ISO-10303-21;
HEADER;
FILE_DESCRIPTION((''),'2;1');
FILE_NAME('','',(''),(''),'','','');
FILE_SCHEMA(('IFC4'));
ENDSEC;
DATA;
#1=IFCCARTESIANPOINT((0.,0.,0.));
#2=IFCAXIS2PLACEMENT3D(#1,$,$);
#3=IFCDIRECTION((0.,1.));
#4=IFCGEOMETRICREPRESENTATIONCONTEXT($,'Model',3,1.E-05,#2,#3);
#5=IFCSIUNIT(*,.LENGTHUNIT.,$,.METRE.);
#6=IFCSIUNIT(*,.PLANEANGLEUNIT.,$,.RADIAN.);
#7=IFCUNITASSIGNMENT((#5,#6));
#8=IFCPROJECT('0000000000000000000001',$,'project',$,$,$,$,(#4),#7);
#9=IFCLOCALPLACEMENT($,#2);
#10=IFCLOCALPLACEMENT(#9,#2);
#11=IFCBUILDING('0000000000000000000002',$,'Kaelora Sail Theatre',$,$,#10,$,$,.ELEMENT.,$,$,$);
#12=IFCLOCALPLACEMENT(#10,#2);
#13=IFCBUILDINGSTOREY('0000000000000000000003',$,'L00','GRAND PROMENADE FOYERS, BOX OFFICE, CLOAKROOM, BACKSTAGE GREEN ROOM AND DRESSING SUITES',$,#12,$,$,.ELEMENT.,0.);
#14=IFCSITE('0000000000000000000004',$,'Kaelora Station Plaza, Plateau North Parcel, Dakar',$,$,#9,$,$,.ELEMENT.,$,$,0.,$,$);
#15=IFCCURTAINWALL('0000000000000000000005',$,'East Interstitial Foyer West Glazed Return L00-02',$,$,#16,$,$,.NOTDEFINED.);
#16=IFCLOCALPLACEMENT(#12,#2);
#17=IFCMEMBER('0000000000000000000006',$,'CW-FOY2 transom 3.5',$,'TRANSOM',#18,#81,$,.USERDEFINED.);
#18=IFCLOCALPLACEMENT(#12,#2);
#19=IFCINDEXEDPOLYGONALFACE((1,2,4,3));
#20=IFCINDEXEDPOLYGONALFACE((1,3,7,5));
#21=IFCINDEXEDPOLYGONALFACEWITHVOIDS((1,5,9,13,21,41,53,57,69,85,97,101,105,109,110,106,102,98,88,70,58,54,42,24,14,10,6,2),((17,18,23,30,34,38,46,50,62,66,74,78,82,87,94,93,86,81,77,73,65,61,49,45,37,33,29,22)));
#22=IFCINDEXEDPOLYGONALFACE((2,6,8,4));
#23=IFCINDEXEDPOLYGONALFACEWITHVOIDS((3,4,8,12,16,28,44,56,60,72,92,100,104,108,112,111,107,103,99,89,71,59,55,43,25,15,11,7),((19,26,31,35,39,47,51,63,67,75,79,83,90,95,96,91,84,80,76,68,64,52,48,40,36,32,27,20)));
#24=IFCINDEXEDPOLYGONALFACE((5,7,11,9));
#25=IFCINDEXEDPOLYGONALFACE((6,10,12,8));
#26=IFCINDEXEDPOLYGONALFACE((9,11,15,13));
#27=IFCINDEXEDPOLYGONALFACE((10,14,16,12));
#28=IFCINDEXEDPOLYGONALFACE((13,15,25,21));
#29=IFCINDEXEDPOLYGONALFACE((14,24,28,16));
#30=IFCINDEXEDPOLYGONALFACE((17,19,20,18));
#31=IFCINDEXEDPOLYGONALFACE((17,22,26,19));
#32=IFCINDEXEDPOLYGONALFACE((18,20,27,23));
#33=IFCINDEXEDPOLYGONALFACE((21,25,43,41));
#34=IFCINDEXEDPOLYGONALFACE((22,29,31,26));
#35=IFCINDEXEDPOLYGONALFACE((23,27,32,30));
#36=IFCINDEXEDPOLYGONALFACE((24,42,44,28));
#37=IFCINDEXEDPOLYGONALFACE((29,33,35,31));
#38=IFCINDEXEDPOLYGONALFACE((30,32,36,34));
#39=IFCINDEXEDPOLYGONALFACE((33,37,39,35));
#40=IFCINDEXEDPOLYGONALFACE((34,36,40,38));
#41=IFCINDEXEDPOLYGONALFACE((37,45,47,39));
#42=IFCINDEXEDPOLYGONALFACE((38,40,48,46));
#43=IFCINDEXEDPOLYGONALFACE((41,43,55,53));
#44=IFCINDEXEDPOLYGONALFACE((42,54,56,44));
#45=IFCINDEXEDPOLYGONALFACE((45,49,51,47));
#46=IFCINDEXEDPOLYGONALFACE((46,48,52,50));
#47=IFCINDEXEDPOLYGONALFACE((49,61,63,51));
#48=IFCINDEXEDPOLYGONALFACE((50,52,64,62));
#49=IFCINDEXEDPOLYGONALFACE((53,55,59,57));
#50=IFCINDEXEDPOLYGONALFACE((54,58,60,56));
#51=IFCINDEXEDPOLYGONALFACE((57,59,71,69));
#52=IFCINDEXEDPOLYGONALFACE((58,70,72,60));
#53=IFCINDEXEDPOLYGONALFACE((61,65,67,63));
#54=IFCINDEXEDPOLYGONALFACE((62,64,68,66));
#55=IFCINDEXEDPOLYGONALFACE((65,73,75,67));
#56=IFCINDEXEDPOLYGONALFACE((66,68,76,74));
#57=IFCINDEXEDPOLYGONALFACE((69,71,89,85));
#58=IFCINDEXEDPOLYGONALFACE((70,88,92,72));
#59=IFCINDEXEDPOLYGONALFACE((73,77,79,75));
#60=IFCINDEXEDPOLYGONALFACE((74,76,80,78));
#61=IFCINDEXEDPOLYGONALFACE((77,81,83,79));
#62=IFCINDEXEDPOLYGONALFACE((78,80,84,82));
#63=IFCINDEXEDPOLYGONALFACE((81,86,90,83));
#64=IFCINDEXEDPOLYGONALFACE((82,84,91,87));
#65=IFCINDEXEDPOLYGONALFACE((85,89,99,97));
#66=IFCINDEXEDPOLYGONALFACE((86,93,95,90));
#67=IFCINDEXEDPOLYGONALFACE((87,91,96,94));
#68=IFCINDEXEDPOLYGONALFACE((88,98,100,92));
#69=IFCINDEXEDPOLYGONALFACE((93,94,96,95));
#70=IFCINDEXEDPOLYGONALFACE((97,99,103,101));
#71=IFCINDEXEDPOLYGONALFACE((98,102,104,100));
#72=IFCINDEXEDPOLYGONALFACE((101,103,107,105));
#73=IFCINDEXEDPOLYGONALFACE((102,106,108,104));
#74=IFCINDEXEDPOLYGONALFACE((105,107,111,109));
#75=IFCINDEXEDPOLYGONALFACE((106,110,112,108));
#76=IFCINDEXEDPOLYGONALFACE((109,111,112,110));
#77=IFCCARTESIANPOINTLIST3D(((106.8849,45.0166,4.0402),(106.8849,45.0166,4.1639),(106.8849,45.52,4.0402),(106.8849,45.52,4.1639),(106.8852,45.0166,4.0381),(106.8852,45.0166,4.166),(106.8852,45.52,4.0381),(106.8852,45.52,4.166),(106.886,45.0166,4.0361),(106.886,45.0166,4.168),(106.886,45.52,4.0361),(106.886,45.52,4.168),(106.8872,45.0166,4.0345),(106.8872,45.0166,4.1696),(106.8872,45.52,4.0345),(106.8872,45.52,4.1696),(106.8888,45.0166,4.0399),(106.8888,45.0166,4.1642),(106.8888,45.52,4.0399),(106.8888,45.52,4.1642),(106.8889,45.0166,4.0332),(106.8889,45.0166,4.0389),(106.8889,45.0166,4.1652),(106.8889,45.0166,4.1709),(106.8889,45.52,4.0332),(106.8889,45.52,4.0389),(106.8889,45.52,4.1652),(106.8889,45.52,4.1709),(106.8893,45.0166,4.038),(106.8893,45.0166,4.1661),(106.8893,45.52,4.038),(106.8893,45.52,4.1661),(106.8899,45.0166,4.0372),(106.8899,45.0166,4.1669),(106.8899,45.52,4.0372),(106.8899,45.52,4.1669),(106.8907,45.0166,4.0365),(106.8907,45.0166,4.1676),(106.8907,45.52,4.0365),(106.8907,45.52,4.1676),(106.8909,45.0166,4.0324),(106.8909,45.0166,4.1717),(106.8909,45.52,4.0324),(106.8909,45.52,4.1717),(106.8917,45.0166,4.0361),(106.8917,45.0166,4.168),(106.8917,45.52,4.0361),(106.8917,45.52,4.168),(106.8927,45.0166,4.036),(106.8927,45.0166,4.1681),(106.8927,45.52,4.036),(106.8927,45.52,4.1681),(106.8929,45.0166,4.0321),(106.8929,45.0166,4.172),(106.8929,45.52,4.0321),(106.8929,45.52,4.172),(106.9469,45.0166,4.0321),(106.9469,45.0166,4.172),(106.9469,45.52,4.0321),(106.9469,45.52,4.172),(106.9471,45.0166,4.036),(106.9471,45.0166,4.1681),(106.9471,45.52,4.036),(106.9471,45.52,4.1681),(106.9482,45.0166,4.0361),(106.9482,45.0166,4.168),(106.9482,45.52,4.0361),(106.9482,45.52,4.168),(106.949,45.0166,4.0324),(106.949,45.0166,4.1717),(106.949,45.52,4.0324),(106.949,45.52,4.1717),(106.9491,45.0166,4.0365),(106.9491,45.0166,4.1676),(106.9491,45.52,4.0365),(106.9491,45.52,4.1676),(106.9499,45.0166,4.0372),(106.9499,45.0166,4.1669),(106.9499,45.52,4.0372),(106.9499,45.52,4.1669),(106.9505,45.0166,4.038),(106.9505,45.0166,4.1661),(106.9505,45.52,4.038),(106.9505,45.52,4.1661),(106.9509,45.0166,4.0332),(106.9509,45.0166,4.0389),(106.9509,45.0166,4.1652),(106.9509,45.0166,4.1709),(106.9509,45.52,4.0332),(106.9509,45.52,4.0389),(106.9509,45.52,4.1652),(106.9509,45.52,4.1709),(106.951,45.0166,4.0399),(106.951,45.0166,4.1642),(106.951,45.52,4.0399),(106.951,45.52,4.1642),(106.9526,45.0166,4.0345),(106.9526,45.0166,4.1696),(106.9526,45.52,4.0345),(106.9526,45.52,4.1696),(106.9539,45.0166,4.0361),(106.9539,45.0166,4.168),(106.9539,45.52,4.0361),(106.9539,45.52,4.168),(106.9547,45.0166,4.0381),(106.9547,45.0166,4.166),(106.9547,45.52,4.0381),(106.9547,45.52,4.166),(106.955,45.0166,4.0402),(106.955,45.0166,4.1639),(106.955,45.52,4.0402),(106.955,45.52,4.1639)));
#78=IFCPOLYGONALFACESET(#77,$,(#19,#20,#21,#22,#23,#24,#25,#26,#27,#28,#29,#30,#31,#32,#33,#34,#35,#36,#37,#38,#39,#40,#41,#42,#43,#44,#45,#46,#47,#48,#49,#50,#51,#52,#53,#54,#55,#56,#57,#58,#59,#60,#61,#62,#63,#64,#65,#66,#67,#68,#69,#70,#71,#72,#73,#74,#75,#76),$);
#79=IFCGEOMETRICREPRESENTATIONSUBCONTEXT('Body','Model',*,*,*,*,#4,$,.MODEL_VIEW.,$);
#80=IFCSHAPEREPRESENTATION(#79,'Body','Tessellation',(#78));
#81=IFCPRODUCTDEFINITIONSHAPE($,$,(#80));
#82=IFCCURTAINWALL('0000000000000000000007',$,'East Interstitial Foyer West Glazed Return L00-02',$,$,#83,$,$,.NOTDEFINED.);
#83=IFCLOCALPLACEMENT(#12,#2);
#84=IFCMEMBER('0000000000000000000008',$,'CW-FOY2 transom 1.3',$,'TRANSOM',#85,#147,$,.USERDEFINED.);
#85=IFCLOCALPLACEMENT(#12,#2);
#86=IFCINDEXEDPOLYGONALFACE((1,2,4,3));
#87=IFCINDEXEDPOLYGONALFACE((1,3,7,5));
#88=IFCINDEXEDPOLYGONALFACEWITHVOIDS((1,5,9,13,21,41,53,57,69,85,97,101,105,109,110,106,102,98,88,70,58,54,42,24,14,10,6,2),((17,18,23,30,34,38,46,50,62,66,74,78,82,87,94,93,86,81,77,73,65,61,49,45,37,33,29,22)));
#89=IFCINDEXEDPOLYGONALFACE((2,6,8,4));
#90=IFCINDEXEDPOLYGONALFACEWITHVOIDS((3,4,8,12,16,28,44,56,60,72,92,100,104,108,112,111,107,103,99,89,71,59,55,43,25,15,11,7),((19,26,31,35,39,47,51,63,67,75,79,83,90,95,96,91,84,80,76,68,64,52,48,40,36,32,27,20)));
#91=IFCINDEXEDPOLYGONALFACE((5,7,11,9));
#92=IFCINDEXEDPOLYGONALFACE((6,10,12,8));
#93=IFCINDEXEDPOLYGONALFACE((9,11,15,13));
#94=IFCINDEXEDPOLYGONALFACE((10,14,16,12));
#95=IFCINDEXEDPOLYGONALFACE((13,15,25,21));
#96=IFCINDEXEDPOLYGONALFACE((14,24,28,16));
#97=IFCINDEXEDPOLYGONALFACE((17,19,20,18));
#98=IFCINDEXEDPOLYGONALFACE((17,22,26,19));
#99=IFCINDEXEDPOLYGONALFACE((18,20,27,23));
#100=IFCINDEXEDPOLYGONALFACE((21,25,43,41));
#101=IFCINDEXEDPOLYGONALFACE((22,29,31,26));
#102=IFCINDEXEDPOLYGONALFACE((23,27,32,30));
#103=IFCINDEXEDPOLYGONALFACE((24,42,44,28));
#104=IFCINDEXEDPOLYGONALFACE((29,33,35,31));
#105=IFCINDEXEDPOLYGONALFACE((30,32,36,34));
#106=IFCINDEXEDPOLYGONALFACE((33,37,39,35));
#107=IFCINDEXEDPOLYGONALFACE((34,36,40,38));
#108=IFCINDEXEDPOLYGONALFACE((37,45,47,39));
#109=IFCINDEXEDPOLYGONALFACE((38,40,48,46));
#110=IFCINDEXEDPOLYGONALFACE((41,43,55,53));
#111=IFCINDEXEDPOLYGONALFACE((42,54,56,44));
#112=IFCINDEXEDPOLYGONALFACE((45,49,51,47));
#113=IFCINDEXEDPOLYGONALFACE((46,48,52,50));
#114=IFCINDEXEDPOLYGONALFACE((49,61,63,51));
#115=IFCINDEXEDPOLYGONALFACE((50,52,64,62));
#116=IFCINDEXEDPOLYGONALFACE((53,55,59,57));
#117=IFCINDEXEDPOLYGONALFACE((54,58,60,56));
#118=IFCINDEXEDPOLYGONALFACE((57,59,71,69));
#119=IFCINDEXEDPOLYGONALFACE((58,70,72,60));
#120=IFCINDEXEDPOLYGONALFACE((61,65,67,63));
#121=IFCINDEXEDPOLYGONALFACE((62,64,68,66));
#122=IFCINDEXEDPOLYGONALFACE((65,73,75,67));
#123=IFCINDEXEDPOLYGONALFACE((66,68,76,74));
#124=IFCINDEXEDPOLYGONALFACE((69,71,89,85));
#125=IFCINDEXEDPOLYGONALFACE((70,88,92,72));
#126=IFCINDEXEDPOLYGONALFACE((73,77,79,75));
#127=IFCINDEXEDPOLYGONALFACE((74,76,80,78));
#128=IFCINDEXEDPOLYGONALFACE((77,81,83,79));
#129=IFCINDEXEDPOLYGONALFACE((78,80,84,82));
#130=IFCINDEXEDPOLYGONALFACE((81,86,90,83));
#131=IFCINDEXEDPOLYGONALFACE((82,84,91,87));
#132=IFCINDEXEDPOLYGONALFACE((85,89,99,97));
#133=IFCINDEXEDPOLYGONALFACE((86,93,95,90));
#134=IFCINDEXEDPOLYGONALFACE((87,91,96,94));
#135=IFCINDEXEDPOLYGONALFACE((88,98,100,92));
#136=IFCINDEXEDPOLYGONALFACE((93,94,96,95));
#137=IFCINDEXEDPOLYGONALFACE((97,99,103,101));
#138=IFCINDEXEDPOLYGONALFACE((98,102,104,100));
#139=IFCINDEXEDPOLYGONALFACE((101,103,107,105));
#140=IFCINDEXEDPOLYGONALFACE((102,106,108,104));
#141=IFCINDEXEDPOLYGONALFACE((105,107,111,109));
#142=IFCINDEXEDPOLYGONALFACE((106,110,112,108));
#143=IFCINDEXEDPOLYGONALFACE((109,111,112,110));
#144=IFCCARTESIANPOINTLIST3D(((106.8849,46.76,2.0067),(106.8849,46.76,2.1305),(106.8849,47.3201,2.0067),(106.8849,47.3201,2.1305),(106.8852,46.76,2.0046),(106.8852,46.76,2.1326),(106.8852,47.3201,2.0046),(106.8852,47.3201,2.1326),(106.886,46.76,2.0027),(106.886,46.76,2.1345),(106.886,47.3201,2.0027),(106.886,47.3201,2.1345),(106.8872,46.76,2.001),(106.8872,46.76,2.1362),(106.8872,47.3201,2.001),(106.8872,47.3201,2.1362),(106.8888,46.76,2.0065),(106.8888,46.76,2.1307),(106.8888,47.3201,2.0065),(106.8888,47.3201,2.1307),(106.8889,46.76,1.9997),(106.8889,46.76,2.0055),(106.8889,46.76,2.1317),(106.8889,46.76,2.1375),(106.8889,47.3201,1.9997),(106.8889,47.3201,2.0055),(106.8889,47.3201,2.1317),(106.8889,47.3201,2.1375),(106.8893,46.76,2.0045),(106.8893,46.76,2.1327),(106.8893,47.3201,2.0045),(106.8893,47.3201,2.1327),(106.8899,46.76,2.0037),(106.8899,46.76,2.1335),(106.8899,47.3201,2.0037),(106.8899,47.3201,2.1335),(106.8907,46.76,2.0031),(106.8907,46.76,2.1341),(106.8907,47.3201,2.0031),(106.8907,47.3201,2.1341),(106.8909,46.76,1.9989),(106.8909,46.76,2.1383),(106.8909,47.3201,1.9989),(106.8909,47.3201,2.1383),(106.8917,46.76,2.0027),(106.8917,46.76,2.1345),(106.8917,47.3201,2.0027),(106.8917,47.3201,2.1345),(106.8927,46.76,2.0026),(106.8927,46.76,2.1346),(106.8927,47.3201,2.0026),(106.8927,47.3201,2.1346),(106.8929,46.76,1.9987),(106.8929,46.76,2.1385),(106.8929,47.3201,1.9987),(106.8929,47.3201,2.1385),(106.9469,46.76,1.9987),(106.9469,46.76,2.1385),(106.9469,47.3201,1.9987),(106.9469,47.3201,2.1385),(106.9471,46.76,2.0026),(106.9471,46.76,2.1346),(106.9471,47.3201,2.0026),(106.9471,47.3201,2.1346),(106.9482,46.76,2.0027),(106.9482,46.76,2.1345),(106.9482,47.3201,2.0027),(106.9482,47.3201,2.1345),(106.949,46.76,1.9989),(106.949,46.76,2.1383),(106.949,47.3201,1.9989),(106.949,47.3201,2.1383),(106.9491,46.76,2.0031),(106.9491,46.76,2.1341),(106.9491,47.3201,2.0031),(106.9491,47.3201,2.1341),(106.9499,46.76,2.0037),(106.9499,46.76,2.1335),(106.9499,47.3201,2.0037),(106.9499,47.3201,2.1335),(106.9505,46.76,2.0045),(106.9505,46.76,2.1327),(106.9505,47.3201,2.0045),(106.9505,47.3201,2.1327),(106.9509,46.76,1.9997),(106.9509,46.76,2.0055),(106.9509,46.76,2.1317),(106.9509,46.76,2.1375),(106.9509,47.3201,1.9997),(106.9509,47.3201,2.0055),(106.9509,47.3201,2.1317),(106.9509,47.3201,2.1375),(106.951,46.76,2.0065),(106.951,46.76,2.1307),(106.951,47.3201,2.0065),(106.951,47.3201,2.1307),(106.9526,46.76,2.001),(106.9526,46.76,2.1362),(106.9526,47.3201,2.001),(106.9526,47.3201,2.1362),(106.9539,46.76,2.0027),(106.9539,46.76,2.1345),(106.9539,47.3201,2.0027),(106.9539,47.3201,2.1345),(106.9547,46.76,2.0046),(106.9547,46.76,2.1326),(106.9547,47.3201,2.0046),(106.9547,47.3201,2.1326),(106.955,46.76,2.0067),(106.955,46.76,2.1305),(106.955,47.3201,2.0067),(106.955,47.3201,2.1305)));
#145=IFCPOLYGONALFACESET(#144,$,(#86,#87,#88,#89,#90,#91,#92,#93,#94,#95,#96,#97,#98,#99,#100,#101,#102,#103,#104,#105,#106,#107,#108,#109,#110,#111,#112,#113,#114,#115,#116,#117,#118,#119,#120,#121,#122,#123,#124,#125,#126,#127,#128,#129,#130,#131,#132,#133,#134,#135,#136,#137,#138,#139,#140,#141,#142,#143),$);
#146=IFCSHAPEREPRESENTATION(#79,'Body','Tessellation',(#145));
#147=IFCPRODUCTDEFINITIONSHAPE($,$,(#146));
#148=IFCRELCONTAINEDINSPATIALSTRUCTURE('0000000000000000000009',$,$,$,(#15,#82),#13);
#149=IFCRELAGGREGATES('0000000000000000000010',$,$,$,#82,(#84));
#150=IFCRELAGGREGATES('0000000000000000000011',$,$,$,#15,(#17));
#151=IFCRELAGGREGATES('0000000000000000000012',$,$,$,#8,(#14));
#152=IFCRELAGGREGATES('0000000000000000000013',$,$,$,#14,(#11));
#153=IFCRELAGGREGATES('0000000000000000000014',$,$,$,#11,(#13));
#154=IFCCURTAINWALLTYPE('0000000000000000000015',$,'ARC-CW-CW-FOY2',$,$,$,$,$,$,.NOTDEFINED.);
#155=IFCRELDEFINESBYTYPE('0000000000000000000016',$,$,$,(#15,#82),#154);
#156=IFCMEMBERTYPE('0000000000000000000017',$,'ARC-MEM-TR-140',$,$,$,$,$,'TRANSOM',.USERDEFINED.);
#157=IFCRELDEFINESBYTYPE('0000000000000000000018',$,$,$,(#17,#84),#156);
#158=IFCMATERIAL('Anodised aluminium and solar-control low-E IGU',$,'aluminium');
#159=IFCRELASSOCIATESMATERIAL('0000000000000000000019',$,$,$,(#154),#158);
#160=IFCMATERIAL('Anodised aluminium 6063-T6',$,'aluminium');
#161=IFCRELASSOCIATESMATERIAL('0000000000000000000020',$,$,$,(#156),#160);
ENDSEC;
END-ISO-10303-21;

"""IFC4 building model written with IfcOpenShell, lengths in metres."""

from ifc_helpers import new_model, si_unit, direction, frame, origin, origin_2d, place, context, subcontext, project, spatial, hollow_rectangle, extrude, material, material_profile, profile_set, type_object, element, aggregate, save


model = new_model("IFC4")

# Units and contexts
model_context = context("Model", 3, precision=1e-05, world=origin(), true_north=direction((0.0, 1.0)))
body_context = subcontext(model_context, "Body", "Model", "MODEL_VIEW")
ifc_project = project(units=[si_unit("LENGTHUNIT", "METRE"), si_unit("PLANEANGLEUNIT", "RADIAN")], contexts=[model_context])

# Site, building, storey
site_placement = place(None, origin())
site = spatial("IfcSite", under=ifc_project, at=site_placement, Name="Kaelora Station Plaza, Plateau North Parcel, Dakar", CompositionType="ELEMENT", RefElevation=0.0)
building_placement = place(site_placement, origin())
building = spatial("IfcBuilding", under=site, at=building_placement, Name="Kaelora Sail Theatre", CompositionType="ELEMENT")
storey_placement = place(building_placement, origin())
storey = spatial("IfcBuildingStorey", under=building, at=storey_placement, Name="L00", Description="GRAND PROMENADE FOYERS, BOX OFFICE, CLOAKROOM, BACKSTAGE GREEN ROOM AND DRESSING SUITES", CompositionType="ELEMENT", Elevation=0.0)

# Curtain walls, members
ifc_material_1 = material(Name="Anodised aluminium and solar-control low-E IGU", Category="aluminium")
curtain_wall_type = type_object("IfcCurtainWallType", Name="ARC-CW-CW-FOY2", PredefinedType="NOTDEFINED", material=ifc_material_1)
curtain_wall_1_placement = place(storey_placement, origin())
curtain_wall_1 = element("IfcCurtainWall", 1, at=curtain_wall_1_placement, inside=storey, type_object=curtain_wall_type, Name="East Interstitial Foyer West Glazed Return L00-02", PredefinedType="NOTDEFINED")
ifc_material_2 = material(Name="Anodised aluminium 6063-T6", Category="aluminium")
ifc_material_profile = material_profile(ifc_material_2, hollow_rectangle(XDim=0.0701, YDim=0.1399, WallThickness=0.0039, InnerFilletRadius=0.0039, OuterFilletRadius=0.0081, at=origin_2d()), Name="ALU-TRAN 70x140x4")
ifc_profile_set = profile_set([ifc_material_profile], Name="Anodised aluminium 6063-T6")
member_type = type_object("IfcMemberType", Name="ARC-MEM-TR-140", ElementType="TRANSOM", PredefinedType="USERDEFINED", material=ifc_profile_set)
member_1_placement = place(storey_placement, frame((106.9199, 45.0166, 4.1021), z_axis=(0.0, 1.0, 0.0), x_axis=(-1.0, 0.0, 0.0)))
member_1 = element("IfcMember", 2, at=member_1_placement, type_object=member_type, Name="CW-FOY2 transom 3.5", ObjectType="TRANSOM", PredefinedType="USERDEFINED", context=body_context, shape_type="SweptSolid", body=[
    extrude(hollow_rectangle(XDim=0.0701, YDim=0.1399, WallThickness=0.0039, InnerFilletRadius=0.0039, OuterFilletRadius=0.0081, at=origin_2d()), origin(), (0.0, 0.0, 1.0), 0.5034),
])
curtain_wall_2_placement = place(storey_placement, origin())
curtain_wall_2 = element("IfcCurtainWall", 3, at=curtain_wall_2_placement, inside=storey, type_object=curtain_wall_type, Name="East Interstitial Foyer West Glazed Return L00-02", PredefinedType="NOTDEFINED")
member_2_placement = place(storey_placement, frame((106.9199, 46.76, 2.0686), z_axis=(0.0, 1.0, 0.0), x_axis=(-1.0, 0.0, 0.0)))
member_2 = element("IfcMember", 4, at=member_2_placement, type_object=member_type, Name="CW-FOY2 transom 1.3", ObjectType="TRANSOM", PredefinedType="USERDEFINED", context=body_context, shape_type="SweptSolid", body=[
    extrude(hollow_rectangle(XDim=0.0701, YDim=0.1399, WallThickness=0.0039, InnerFilletRadius=0.0039, OuterFilletRadius=0.0081, at=origin_2d()), origin(), (0.0, 0.0, 1.0), 0.5601),
])
aggregate(curtain_wall_2, [member_2])

aggregate(curtain_wall_1, [member_1])

save(model, "model.ifc")
